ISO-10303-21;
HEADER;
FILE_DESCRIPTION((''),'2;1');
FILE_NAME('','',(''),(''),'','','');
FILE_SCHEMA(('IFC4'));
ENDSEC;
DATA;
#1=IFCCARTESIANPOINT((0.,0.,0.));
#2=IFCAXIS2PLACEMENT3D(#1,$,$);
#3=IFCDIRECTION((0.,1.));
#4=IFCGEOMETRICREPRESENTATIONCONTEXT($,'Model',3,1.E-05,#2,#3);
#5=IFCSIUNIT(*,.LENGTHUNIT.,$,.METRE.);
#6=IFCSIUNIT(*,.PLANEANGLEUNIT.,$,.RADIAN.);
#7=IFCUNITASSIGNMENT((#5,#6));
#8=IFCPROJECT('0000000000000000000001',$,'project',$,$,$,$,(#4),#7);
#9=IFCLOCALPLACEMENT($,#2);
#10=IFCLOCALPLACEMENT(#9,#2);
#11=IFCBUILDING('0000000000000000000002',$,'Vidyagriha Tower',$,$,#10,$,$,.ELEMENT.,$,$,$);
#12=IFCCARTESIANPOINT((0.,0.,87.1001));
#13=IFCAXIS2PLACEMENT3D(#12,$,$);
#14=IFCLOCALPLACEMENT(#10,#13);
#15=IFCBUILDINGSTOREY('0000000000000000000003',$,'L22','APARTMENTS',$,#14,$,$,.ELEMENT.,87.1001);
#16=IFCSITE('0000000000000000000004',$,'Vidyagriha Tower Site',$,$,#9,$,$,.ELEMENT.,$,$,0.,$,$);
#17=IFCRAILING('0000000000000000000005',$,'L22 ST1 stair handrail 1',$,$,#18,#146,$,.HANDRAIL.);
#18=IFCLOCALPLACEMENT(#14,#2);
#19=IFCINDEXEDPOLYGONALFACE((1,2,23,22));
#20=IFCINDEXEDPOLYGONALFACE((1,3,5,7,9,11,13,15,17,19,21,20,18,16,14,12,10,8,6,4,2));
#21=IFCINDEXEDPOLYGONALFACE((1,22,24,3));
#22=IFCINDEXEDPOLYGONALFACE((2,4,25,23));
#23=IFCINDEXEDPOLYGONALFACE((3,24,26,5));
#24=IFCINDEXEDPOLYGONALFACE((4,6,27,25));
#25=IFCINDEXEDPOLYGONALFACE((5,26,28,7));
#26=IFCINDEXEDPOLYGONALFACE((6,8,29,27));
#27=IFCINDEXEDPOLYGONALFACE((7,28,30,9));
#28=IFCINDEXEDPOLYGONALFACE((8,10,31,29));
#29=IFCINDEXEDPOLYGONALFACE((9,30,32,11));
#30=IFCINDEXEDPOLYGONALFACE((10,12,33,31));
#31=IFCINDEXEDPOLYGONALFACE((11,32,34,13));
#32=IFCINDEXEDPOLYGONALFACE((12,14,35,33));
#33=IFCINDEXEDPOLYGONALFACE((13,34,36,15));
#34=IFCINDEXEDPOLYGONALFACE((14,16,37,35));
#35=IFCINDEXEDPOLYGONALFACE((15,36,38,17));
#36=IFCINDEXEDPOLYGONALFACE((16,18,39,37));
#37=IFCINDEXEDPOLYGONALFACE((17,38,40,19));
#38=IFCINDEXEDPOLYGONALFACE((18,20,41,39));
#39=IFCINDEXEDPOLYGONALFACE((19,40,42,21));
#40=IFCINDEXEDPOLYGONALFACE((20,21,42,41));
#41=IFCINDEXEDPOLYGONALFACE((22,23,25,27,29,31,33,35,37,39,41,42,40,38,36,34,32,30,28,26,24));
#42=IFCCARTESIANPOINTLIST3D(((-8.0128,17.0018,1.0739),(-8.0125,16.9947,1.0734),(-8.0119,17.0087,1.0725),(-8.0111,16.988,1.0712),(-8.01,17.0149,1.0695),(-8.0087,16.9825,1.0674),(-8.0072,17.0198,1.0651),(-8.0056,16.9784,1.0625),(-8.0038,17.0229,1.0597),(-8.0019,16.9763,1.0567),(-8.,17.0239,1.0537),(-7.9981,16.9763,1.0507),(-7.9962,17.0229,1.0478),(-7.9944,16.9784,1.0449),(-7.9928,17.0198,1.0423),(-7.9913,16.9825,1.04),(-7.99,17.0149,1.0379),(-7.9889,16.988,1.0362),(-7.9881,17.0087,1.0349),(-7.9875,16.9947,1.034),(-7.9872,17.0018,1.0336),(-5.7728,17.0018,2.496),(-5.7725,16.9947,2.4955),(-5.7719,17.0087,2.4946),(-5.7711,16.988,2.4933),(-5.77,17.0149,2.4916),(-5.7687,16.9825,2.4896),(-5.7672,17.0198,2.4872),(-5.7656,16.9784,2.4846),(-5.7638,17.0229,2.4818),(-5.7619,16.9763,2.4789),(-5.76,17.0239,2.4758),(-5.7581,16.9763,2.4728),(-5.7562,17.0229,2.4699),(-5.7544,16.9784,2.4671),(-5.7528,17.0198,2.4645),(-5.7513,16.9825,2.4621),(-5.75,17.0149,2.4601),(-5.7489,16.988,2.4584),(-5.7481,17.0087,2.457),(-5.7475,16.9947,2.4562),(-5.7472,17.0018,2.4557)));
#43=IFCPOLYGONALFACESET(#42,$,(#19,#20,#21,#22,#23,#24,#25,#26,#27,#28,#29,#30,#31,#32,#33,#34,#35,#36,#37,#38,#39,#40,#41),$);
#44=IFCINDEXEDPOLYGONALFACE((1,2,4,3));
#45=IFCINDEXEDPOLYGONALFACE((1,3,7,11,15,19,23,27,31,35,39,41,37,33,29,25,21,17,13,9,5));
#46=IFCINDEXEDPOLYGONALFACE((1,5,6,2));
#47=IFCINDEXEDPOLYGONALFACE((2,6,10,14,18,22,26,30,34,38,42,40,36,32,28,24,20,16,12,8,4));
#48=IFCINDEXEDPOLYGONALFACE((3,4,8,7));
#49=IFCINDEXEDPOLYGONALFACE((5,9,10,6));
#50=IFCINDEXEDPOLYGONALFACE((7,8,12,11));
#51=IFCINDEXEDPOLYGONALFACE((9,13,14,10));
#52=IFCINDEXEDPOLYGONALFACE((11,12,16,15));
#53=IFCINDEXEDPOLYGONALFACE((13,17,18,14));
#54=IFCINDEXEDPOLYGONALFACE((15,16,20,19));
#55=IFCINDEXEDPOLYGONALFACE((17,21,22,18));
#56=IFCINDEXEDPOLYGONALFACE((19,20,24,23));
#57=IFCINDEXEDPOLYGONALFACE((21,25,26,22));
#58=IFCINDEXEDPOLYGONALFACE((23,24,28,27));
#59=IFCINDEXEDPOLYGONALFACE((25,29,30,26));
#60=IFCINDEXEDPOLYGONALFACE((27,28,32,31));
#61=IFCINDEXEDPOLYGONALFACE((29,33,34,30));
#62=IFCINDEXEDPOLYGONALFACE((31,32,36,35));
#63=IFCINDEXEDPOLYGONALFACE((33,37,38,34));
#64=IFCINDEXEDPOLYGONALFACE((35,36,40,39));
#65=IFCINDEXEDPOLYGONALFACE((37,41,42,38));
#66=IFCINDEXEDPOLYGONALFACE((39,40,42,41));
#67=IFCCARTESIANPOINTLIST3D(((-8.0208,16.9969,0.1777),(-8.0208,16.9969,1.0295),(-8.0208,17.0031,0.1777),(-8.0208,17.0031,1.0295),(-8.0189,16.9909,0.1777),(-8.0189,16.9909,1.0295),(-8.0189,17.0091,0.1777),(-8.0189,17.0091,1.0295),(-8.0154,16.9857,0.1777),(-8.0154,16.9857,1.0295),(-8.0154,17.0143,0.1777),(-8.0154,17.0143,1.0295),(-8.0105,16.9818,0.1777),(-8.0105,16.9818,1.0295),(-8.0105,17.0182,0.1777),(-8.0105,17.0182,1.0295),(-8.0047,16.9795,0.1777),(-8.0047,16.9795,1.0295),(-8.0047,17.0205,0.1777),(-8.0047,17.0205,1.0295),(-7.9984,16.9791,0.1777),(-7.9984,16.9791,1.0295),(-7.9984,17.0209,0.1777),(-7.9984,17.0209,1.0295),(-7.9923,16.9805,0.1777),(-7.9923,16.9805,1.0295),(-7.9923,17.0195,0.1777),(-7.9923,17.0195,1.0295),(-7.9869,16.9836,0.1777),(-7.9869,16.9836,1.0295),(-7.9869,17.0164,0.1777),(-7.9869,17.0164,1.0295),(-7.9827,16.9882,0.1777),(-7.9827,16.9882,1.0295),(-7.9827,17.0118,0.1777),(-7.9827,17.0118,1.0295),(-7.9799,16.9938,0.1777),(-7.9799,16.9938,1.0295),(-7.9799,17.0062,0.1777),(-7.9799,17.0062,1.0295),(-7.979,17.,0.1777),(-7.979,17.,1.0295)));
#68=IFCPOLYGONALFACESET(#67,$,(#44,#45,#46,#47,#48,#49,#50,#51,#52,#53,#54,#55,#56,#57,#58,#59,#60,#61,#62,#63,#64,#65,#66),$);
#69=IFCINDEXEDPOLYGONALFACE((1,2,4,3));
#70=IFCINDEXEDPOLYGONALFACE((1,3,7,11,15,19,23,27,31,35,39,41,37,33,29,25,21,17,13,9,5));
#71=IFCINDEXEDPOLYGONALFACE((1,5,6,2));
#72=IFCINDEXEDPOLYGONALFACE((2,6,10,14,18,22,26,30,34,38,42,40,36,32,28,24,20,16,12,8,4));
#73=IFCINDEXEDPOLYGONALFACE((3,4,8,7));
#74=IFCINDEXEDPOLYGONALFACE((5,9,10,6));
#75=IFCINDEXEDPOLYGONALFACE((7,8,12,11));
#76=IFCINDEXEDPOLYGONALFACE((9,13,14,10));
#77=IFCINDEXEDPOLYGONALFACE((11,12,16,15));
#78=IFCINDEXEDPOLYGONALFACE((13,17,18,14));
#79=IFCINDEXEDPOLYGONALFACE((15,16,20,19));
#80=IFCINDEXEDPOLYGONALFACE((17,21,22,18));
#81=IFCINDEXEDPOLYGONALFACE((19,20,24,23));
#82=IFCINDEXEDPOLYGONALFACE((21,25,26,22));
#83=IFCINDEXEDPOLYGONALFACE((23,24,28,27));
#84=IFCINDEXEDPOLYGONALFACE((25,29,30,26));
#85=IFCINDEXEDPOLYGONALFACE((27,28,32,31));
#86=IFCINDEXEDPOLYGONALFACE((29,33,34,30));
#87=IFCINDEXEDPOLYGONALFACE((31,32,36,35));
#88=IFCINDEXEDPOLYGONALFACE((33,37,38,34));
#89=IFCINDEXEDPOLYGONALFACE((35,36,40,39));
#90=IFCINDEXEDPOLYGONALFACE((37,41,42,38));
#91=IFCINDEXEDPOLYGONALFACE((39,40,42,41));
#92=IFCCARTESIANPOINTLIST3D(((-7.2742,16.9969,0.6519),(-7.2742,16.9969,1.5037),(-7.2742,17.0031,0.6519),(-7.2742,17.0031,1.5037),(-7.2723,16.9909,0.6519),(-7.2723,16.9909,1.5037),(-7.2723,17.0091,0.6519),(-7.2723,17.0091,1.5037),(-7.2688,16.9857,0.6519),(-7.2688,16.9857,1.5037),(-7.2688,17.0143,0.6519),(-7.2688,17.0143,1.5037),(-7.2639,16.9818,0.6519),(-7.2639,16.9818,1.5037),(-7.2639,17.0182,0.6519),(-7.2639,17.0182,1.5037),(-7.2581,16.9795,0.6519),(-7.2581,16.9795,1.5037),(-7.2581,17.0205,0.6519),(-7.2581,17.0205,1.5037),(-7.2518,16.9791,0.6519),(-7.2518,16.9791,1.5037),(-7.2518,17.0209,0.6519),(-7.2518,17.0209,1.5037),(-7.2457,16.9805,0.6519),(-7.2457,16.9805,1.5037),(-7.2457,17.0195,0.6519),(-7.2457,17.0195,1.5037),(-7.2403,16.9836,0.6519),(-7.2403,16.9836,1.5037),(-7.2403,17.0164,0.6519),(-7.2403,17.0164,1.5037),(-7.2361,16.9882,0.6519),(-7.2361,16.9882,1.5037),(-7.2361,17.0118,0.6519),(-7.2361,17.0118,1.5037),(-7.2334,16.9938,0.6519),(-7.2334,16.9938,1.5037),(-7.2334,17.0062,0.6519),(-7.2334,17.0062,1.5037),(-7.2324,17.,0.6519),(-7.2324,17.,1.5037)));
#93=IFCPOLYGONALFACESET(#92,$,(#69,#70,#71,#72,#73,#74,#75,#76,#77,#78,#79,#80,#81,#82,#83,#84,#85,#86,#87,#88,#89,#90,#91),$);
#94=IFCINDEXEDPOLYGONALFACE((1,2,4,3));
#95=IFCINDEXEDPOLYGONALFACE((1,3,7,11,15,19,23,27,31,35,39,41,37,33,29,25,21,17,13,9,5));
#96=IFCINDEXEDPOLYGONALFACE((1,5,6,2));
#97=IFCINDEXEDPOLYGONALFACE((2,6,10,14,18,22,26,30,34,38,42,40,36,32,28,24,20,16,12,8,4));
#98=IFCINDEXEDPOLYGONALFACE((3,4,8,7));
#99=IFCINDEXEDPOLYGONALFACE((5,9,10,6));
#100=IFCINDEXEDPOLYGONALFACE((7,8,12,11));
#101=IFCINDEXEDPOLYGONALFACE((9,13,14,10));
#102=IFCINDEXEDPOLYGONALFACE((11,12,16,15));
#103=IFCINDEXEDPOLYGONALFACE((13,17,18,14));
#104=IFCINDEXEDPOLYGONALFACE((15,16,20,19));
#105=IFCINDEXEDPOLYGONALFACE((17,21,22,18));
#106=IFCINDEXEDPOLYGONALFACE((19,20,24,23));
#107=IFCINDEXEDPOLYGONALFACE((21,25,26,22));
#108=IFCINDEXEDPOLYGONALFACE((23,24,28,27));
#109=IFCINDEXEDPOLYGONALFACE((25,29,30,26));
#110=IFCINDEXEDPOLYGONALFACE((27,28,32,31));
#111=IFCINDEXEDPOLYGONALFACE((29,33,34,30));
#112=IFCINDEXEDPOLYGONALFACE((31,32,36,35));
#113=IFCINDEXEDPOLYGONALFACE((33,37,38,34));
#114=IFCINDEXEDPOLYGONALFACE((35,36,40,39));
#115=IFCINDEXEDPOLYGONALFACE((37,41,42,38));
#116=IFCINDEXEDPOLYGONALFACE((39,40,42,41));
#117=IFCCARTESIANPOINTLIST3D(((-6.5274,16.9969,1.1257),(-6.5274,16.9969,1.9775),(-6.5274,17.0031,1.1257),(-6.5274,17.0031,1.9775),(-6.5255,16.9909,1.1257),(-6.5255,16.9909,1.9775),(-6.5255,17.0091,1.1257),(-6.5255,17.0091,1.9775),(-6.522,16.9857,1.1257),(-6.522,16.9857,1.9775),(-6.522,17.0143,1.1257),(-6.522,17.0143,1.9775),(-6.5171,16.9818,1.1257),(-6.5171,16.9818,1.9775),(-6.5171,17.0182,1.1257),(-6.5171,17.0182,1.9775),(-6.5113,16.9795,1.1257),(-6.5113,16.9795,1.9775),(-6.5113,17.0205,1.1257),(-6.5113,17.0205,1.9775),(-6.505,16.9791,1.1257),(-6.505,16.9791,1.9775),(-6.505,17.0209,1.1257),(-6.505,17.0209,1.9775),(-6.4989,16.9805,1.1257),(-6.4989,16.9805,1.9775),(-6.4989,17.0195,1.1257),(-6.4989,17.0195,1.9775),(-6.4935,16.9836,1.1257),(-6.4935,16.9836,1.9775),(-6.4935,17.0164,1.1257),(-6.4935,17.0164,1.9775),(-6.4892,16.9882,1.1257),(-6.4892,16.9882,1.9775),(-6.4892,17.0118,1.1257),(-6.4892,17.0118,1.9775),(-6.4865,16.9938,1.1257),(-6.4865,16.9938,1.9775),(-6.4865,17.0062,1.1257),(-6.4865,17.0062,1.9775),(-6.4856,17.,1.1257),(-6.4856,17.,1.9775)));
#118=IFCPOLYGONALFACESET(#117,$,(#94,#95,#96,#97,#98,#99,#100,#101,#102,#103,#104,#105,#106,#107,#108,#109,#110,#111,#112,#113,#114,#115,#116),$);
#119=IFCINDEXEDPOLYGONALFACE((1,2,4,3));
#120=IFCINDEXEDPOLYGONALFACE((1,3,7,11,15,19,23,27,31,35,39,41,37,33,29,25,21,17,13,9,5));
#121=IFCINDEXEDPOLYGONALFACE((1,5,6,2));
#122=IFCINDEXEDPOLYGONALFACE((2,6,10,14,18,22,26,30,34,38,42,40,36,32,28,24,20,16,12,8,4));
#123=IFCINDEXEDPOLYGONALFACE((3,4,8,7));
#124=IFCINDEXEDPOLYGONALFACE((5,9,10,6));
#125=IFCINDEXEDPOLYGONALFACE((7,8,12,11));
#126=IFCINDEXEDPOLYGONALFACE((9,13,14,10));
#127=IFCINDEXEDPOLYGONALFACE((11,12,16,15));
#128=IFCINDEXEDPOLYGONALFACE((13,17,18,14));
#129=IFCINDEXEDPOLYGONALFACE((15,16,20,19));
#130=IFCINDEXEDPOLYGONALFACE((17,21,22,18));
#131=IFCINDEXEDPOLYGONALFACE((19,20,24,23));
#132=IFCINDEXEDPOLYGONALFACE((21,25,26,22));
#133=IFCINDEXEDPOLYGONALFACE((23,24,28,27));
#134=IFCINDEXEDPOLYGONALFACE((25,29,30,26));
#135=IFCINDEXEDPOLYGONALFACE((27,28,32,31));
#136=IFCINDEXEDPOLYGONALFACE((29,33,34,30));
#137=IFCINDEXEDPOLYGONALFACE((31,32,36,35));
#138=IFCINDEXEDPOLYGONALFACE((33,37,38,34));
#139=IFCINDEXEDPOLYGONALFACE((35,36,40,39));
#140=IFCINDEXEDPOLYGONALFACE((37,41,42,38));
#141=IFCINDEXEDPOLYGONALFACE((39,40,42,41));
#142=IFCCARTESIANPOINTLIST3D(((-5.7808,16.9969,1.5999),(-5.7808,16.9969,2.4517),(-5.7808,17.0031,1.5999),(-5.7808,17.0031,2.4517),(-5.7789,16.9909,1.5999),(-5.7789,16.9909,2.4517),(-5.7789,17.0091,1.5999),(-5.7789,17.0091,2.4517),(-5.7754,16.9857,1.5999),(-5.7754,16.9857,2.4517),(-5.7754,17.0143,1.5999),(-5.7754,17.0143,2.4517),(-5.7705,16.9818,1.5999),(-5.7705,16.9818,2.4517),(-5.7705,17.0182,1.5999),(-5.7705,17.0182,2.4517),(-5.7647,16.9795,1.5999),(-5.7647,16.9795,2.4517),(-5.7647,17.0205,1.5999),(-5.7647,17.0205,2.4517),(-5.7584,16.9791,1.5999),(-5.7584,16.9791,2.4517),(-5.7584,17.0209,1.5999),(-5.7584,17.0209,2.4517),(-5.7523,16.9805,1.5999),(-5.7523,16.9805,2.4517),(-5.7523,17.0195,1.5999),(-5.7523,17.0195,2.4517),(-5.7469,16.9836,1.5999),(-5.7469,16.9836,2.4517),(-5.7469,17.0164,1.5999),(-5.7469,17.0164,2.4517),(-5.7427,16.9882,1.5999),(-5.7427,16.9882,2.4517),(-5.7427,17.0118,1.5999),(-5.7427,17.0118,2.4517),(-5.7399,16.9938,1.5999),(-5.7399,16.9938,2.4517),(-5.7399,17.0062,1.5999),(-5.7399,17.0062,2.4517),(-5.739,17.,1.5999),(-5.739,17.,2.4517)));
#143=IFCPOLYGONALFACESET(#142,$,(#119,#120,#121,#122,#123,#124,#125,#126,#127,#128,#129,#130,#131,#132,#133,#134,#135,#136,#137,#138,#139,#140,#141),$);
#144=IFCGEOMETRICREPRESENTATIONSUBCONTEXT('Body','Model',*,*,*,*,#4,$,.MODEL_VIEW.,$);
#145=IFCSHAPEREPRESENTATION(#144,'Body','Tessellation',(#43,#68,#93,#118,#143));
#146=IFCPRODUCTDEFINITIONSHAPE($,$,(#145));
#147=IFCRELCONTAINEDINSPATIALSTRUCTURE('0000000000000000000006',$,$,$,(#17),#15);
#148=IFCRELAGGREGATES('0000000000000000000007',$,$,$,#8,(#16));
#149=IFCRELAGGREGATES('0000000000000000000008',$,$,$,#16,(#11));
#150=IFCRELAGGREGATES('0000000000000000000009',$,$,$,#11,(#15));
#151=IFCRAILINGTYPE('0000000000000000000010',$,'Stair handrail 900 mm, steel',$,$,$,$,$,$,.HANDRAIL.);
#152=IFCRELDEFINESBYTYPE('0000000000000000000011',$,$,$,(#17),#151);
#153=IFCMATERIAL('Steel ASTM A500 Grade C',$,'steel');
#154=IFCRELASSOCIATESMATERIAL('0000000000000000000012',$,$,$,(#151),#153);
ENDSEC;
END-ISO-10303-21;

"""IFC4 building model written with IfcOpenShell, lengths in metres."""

from ifc_helpers import new_model, si_unit, direction, frame, origin, origin_2d, place, context, subcontext, project, spatial, circle, extrude, material, type_object, element, save


model = new_model("IFC4")

# Units and contexts
model_context = context("Model", 3, precision=1e-05, world=origin(), true_north=direction((0.0, 1.0)))
body_context = subcontext(model_context, "Body", "Model", "MODEL_VIEW")
ifc_project = project(units=[si_unit("LENGTHUNIT", "METRE"), si_unit("PLANEANGLEUNIT", "RADIAN")], contexts=[model_context])

# Site, building, storey
site_placement = place(None, origin())
site = spatial("IfcSite", under=ifc_project, at=site_placement, Name="Vidyagriha Tower Site", CompositionType="ELEMENT", RefElevation=0.0)
building_placement = place(site_placement, origin())
building = spatial("IfcBuilding", under=site, at=building_placement, Name="Vidyagriha Tower", CompositionType="ELEMENT")
storey_placement = place(building_placement, frame((0.0, 0.0, 87.1001)))
storey = spatial("IfcBuildingStorey", under=building, at=storey_placement, Name="L22", Description="APARTMENTS", CompositionType="ELEMENT", Elevation=87.1001)

# Railing
ifc_material_1 = material(Name="Steel ASTM A500 Grade C", Category="steel")
railing_type_1 = type_object("IfcRailingType", Name="Stair handrail 900 mm, steel", PredefinedType="HANDRAIL", material=ifc_material_1)
railing_1_placement = place(storey_placement, frame((-8.0, 17.0, 0.1777)))
element("IfcRailing", 1, at=railing_1_placement, inside=storey, type_object=railing_type_1, Name="L22 ST1 stair handrail 1", PredefinedType="HANDRAIL", context=body_context, shape_type="SweptSolid", body=[
    extrude(circle(Radius=0.0239, at=origin_2d()), frame((0.0, 0.0, 0.876), z_axis=(0.844229, 0.0, 0.535982), x_axis=(0.0, 1.0, 0.0)), (0.0, 0.0, 1.0), 2.6533),
    extrude(circle(Radius=0.021, at=origin_2d()), origin(), (0.0, 0.0, 1.0), 0.8518),
    extrude(circle(Radius=0.021, at=origin_2d()), frame((0.7466, 0.0, 0.4741)), (0.0, 0.0, 1.0), 0.8518),
    extrude(circle(Radius=0.021, at=origin_2d()), frame((1.4934, 0.0, 0.948)), (0.0, 0.0, 1.0), 0.8518),
    extrude(circle(Radius=0.021, at=origin_2d()), frame((2.24, 0.0, 1.4221)), (0.0, 0.0, 1.0), 0.8518),
])

save(model, "model.ifc")
